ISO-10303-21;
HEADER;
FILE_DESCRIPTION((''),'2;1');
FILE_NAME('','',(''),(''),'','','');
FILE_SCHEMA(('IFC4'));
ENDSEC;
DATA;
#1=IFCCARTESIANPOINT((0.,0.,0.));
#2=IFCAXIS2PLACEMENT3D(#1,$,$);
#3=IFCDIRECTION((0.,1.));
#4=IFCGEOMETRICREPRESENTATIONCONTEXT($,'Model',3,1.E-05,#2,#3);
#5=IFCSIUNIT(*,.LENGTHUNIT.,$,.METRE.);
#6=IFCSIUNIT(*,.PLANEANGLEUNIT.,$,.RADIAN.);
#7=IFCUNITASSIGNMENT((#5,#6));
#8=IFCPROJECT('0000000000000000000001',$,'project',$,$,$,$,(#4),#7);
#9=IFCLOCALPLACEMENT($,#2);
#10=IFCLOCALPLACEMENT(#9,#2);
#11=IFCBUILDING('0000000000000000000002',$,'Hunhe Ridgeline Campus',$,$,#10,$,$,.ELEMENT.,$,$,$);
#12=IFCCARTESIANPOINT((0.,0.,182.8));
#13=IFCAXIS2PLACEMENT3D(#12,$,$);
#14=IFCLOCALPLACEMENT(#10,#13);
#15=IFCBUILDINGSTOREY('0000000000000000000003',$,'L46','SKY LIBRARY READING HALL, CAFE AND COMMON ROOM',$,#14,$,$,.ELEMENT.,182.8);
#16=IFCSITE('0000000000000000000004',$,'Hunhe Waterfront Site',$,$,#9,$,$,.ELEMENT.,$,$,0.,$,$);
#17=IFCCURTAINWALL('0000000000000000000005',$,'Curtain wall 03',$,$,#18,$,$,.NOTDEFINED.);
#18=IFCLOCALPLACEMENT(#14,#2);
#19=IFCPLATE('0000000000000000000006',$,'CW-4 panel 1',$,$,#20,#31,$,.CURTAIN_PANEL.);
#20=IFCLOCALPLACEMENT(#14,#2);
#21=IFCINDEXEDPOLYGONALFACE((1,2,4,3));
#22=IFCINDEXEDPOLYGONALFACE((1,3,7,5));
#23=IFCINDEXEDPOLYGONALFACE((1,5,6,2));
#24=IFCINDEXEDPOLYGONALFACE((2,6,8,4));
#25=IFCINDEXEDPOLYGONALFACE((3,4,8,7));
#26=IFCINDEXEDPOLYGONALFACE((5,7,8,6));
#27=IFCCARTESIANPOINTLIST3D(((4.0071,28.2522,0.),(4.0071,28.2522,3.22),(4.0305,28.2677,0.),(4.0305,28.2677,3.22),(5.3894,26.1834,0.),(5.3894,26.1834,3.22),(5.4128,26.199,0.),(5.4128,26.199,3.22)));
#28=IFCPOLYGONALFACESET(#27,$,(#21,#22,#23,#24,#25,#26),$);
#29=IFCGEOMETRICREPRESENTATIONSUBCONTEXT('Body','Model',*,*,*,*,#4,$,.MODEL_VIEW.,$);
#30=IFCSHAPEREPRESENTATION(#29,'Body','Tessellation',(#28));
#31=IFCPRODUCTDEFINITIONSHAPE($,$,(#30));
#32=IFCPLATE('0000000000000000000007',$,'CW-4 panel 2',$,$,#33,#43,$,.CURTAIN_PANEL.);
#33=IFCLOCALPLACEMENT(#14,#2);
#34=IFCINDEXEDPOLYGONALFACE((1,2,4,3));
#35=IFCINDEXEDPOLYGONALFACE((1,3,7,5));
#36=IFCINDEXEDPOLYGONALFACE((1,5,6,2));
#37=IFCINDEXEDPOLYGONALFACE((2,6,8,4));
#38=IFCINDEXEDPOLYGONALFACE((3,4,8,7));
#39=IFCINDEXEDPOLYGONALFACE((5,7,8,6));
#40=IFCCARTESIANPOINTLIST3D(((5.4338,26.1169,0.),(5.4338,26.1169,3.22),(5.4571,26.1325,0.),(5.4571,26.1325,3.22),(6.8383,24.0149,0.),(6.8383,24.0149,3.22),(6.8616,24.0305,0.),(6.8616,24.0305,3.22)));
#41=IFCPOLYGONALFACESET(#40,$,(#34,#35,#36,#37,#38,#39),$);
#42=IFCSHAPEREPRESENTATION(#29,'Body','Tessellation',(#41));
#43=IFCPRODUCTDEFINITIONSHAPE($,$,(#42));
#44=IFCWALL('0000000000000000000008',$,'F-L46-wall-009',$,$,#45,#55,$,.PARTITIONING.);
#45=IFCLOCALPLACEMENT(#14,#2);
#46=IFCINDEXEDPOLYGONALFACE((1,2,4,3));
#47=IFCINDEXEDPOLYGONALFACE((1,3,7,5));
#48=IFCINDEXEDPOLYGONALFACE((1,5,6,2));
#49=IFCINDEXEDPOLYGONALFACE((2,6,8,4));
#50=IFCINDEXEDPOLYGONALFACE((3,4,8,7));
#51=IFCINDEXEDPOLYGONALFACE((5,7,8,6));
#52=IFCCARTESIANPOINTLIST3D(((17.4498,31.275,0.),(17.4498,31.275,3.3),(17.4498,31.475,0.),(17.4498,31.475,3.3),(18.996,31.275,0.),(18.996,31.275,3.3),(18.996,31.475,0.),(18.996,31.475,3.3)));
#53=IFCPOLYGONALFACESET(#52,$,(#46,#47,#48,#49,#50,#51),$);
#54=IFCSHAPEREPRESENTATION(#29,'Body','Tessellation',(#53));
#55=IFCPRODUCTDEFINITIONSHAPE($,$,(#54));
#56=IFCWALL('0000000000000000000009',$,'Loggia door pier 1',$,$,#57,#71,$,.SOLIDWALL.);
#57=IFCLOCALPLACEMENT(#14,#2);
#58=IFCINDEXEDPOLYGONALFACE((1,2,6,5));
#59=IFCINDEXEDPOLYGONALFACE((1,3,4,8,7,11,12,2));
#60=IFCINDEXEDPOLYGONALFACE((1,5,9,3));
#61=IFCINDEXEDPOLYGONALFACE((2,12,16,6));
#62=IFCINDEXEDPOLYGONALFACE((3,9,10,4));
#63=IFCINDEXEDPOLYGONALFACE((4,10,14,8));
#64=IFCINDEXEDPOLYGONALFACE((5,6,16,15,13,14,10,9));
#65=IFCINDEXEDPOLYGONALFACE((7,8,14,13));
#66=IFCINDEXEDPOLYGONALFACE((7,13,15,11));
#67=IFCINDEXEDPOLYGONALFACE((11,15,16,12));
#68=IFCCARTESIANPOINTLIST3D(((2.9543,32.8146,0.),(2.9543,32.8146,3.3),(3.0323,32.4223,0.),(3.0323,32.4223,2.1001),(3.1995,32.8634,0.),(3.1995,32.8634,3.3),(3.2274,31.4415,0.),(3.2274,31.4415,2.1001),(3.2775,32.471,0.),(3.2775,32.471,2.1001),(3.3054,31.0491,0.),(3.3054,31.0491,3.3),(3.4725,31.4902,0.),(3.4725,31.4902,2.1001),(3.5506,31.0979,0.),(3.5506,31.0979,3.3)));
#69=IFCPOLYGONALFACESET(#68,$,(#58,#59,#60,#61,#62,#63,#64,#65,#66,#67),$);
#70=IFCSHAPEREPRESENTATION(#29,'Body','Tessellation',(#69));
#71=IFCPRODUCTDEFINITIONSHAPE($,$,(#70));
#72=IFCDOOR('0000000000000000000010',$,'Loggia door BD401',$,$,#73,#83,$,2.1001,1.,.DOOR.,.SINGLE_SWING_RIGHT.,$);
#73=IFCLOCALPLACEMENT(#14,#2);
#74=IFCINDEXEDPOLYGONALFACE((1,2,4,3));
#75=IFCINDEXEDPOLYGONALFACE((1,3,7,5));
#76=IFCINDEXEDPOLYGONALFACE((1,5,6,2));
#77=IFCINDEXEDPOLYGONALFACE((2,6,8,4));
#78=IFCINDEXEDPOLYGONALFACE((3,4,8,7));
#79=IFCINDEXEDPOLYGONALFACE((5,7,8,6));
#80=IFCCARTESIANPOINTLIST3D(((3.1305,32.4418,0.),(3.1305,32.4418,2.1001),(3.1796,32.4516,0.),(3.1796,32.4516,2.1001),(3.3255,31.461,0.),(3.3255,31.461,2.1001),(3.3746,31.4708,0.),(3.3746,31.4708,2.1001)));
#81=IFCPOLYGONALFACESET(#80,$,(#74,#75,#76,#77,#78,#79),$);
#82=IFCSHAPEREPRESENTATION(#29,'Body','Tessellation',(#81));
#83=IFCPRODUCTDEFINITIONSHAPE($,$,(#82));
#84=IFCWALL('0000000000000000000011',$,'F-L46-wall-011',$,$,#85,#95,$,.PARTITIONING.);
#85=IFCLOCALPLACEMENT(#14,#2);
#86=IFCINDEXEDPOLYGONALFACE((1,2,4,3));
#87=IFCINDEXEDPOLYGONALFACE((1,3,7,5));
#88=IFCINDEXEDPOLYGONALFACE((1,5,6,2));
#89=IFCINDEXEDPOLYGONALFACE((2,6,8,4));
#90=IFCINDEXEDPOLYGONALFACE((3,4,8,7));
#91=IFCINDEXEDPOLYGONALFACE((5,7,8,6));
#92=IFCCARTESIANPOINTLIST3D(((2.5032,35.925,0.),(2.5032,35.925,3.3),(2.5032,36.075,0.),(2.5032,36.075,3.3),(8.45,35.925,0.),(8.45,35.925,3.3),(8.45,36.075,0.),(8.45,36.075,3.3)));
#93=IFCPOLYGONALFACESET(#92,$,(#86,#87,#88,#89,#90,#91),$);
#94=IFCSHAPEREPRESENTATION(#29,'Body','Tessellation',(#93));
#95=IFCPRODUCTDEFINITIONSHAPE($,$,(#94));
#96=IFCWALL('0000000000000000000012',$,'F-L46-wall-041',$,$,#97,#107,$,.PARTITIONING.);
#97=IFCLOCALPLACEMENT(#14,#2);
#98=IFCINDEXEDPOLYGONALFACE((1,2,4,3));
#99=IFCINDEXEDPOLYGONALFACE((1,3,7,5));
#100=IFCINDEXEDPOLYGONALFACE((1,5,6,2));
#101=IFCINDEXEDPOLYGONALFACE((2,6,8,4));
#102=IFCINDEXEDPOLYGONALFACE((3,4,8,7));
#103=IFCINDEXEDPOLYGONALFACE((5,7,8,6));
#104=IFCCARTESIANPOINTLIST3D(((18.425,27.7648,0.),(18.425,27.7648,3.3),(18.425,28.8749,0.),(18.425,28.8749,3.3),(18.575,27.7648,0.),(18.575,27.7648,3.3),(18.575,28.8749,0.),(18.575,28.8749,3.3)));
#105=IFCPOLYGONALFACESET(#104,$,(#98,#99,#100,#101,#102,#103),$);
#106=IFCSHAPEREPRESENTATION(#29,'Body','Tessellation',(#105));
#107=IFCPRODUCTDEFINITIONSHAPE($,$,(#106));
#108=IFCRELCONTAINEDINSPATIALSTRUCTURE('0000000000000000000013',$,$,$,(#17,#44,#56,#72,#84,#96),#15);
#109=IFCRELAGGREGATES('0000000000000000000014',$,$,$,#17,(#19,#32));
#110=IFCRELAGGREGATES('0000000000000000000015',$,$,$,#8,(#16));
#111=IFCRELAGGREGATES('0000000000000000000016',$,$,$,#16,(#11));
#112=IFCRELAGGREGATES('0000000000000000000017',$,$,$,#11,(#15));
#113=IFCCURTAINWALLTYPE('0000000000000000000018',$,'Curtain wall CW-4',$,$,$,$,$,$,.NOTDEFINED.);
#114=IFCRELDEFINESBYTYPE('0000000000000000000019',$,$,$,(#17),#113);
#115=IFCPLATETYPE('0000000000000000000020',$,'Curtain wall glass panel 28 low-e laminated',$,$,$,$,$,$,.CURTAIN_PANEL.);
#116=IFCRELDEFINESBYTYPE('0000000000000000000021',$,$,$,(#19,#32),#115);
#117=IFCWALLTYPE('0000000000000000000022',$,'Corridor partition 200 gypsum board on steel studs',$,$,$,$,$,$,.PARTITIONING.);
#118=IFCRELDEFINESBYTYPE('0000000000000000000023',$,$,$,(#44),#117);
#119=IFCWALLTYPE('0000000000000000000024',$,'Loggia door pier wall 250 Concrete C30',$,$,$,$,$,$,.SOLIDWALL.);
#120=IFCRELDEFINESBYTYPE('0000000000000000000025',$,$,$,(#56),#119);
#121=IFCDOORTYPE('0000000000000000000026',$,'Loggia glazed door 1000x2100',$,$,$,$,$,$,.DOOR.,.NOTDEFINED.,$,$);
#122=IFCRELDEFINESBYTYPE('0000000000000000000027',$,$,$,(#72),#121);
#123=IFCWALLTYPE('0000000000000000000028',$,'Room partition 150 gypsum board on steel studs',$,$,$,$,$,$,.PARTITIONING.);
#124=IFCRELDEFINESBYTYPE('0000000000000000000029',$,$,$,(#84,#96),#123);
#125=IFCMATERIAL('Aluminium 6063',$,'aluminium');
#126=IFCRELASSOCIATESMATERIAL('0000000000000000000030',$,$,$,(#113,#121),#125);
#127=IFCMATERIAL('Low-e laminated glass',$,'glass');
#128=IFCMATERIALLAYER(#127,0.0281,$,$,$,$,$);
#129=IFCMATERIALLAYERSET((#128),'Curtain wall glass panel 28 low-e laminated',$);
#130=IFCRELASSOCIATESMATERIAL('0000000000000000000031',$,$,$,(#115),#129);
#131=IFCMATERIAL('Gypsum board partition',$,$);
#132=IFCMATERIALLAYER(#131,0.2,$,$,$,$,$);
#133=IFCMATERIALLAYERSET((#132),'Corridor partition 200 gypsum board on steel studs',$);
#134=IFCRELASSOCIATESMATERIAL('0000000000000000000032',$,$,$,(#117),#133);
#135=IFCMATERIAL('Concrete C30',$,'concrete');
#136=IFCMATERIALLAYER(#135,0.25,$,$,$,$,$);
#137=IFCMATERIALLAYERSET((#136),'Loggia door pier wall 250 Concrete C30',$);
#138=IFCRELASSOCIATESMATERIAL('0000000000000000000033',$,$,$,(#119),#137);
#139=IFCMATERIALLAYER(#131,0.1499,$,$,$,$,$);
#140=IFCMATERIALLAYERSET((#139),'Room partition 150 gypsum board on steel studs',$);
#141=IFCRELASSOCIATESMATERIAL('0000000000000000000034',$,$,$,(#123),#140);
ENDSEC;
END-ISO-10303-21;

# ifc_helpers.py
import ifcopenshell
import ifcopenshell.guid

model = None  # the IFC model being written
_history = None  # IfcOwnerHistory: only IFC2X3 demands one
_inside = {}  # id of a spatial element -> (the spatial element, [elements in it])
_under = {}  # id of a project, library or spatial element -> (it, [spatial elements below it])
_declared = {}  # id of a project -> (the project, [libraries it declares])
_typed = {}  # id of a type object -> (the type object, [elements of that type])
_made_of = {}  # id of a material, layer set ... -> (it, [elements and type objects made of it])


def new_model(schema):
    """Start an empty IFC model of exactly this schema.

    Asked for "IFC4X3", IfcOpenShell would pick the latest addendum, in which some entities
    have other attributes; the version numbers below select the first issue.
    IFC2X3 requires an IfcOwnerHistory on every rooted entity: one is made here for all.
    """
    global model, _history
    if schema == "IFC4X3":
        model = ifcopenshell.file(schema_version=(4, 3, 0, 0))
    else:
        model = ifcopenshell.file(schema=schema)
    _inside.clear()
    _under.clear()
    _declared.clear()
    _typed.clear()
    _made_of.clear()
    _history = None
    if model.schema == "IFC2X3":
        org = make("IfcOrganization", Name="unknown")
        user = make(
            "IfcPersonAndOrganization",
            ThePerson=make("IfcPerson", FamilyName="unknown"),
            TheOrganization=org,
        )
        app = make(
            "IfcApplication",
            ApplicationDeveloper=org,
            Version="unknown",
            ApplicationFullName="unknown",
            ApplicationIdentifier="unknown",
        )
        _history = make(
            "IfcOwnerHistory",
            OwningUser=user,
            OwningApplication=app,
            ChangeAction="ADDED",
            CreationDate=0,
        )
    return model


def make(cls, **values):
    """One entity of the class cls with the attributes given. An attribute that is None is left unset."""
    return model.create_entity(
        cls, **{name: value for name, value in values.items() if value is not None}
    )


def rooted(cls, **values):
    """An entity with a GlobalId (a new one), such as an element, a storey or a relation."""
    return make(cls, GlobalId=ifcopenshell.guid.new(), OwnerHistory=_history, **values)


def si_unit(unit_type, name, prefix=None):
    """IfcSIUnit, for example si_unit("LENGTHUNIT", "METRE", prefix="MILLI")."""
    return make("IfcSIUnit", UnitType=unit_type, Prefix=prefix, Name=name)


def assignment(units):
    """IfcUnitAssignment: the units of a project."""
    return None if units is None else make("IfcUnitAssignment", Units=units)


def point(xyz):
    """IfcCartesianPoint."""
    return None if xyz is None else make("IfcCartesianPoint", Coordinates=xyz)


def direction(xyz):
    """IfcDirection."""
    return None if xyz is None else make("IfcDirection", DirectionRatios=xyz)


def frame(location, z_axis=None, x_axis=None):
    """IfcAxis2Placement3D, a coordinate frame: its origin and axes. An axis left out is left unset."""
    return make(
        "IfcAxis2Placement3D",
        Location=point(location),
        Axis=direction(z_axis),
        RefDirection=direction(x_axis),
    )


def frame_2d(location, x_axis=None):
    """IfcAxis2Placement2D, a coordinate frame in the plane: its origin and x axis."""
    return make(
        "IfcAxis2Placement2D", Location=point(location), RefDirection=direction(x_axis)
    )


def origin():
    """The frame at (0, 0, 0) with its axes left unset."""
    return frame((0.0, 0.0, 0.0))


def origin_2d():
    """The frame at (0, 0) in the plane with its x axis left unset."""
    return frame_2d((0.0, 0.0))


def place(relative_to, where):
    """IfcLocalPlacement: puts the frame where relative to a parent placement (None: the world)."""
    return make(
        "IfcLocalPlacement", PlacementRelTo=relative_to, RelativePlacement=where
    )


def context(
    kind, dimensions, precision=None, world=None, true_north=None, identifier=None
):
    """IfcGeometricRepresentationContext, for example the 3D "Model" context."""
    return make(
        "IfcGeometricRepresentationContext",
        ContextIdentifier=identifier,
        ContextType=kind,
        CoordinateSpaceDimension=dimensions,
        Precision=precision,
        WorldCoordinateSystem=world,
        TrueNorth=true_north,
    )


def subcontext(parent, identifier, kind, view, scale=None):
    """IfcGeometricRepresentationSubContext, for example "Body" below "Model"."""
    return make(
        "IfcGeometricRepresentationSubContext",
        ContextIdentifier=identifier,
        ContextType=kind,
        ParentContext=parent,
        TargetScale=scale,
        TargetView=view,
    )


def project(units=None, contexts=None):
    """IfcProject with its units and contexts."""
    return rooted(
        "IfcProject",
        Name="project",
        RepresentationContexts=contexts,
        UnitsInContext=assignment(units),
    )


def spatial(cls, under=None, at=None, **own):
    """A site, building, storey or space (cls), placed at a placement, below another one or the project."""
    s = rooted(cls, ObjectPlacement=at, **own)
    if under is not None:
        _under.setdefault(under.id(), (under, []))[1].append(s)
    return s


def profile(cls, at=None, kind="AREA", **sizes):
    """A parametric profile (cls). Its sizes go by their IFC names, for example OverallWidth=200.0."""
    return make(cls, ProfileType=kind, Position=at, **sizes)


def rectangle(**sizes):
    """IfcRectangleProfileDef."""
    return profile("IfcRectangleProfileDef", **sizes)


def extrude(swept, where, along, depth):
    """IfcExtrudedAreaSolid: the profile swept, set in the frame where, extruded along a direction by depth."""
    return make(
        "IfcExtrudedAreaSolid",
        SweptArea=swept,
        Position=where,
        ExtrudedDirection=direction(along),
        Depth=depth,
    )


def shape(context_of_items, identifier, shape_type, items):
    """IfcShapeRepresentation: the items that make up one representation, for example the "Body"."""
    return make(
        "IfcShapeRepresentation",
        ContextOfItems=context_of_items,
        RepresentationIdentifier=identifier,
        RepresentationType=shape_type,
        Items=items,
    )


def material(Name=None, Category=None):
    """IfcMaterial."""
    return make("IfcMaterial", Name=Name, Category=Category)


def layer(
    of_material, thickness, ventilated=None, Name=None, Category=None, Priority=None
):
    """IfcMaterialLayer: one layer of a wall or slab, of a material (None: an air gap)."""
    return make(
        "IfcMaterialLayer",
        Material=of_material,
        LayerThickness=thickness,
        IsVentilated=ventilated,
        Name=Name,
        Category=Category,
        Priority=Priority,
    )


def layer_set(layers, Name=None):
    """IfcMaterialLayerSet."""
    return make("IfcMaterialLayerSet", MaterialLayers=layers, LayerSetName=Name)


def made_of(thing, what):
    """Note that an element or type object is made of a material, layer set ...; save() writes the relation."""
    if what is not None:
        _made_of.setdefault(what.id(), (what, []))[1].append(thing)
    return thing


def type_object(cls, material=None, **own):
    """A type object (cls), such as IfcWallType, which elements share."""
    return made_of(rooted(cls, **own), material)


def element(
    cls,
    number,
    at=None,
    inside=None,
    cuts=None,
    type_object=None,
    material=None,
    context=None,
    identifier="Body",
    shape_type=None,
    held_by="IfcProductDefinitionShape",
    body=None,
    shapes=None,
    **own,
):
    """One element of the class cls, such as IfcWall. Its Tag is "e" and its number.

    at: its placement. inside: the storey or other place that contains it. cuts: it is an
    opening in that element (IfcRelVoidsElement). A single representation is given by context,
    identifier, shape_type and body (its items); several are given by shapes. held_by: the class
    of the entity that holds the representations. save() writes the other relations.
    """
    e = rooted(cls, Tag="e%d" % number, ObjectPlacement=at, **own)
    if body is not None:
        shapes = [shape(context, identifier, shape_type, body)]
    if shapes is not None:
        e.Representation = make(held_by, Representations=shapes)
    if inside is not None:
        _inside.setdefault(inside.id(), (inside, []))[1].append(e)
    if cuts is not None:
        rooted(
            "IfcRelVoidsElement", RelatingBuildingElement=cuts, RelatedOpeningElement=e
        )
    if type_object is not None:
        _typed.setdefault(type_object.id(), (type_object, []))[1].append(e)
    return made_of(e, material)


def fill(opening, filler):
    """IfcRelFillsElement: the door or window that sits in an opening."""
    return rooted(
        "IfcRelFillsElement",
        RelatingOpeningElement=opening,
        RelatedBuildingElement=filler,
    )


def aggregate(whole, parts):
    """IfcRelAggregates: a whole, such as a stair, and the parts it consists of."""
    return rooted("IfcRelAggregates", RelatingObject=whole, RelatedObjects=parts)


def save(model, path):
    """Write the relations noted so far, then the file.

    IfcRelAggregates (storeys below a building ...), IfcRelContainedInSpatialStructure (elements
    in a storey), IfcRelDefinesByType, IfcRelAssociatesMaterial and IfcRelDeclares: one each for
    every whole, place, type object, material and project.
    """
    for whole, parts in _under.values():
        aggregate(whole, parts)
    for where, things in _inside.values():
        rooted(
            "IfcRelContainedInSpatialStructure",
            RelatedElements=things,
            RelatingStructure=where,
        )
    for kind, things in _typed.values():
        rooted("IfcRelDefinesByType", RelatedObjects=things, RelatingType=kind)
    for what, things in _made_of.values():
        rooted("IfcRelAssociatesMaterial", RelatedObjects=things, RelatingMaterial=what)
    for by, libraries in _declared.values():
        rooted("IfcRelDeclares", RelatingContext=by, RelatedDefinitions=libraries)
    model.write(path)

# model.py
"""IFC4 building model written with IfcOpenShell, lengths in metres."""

from ifc_helpers import new_model, si_unit, direction, frame, frame_2d, origin, origin_2d, place, context, subcontext, project, spatial, rectangle, extrude, material, layer, layer_set, type_object, element, fill, aggregate, save


model = new_model("IFC4")

# Units and contexts
model_context = context("Model", 3, precision=1e-05, world=origin(), true_north=direction((0.0, 1.0)))
body_context = subcontext(model_context, "Body", "Model", "MODEL_VIEW")
ifc_project = project(units=[si_unit("LENGTHUNIT", "METRE"), si_unit("PLANEANGLEUNIT", "RADIAN")], contexts=[model_context])

# Site, building, storey
site_placement = place(None, origin())
site = spatial("IfcSite", under=ifc_project, at=site_placement, Name="Hunhe Waterfront Site", CompositionType="ELEMENT", RefElevation=0.0)
building_placement = place(site_placement, origin())
building = spatial("IfcBuilding", under=site, at=building_placement, Name="Hunhe Ridgeline Campus", CompositionType="ELEMENT")
storey_placement = place(building_placement, frame((0.0, 0.0, 182.8)))
storey = spatial("IfcBuildingStorey", under=building, at=storey_placement, Name="L46", Description="SKY LIBRARY READING HALL, CAFE AND COMMON ROOM", CompositionType="ELEMENT", Elevation=182.8)

# Shared definitions
ifc_material_1 = material(Name="Aluminium 6063", Category="aluminium")
curtain_wall_type = type_object("IfcCurtainWallType", Name="Curtain wall CW-4", PredefinedType="NOTDEFINED", material=ifc_material_1)

# Curtain wall
curtain_wall_1_placement = place(storey_placement, origin())
curtain_wall_1 = element("IfcCurtainWall", 1, at=curtain_wall_1_placement, inside=storey, type_object=curtain_wall_type, Name="Curtain wall 03", PredefinedType="NOTDEFINED")

# Plates
ifc_material_2 = material(Name="Low-e laminated glass", Category="glass")
ifc_layer_1 = layer(ifc_material_2, 0.0281)
ifc_layer_set_1 = layer_set([ifc_layer_1], Name="Curtain wall glass panel 28 low-e laminated")
plate_type = type_object("IfcPlateType", Name="Curtain wall glass panel 28 low-e laminated", PredefinedType="CURTAIN_PANEL", material=ifc_layer_set_1)
plate_1_placement = place(storey_placement, frame((4.71, 27.2256, 0.0), z_axis=(0.0, 0.0, 1.0), x_axis=(0.55557, -0.83147, 0.0)))
plate_1 = element("IfcPlate", 2, at=plate_1_placement, type_object=plate_type, Name="CW-4 panel 1", PredefinedType="CURTAIN_PANEL", context=body_context, shape_type="SweptSolid", body=[
    extrude(rectangle(XDim=2.488, YDim=0.0281, at=origin_2d()), origin(), (0.0, 0.0, 1.0), 3.22),
])
plate_2_placement = place(storey_placement, frame((6.1477, 25.0737, 0.0), z_axis=(0.0, 0.0, 1.0), x_axis=(0.55557, -0.83147, 0.0)))
plate_2 = element("IfcPlate", 3, at=plate_2_placement, type_object=plate_type, Name="CW-4 panel 2", PredefinedType="CURTAIN_PANEL", context=body_context, shape_type="SweptSolid", body=[
    extrude(rectangle(XDim=2.5281, YDim=0.0281, at=origin_2d()), origin(), (0.0, 0.0, 1.0), 3.22),
])
aggregate(curtain_wall_1, [plate_1, plate_2])

# Wall
ifc_material_3 = material(Name="Gypsum board partition")
ifc_layer_2 = layer(ifc_material_3, 0.2)
ifc_layer_set_2 = layer_set([ifc_layer_2], Name="Corridor partition 200 gypsum board on steel studs")
wall_type_1 = type_object("IfcWallType", Name="Corridor partition 200 gypsum board on steel studs", PredefinedType="PARTITIONING", material=ifc_layer_set_2)
wall_1_placement = place(storey_placement, frame((17.45, 31.375, 0.0), z_axis=(0.0, 0.0, 1.0), x_axis=(1.0, 0.0, 0.0)))
element("IfcWall", 4, at=wall_1_placement, inside=storey, type_object=wall_type_1, Name="F-L46-wall-009", PredefinedType="PARTITIONING", context=body_context, shape_type="SweptSolid", body=[
    extrude(rectangle(XDim=1.5461, YDim=0.2, at=frame_2d((0.7729, 0.0))), origin(), (0.0, 0.0, 1.0), 3.3),
])

# Wall, opening, door
ifc_material_4 = material(Name="Concrete C30", Category="concrete")
ifc_layer_3 = layer(ifc_material_4, 0.25)
ifc_layer_set_3 = layer_set([ifc_layer_3], Name="Loggia door pier wall 250 Concrete C30")
wall_type_2 = type_object("IfcWallType", Name="Loggia door pier wall 250 Concrete C30", PredefinedType="SOLIDWALL", material=ifc_layer_set_3)
wall_2_placement = place(storey_placement, frame((3.0769, 32.8389, 0.0), z_axis=(0.0, 0.0, 1.0), x_axis=(0.195047, -0.980794, 0.0)))
wall_2 = element("IfcWall", 5, at=wall_2_placement, inside=storey, type_object=wall_type_2, Name="Loggia door pier 1", PredefinedType="SOLIDWALL", context=body_context, shape_type="SweptSolid", body=[
    extrude(rectangle(XDim=1.8, YDim=0.25, at=frame_2d((0.8999, 0.0))), origin(), (0.0, 0.0, 1.0), 3.3),
])
opening_1_placement = place(wall_2_placement, frame((0.3999, 0.0, 0.0)))
opening_1 = element("IfcOpeningElement", 6, at=opening_1_placement, cuts=wall_2, PredefinedType="OPENING", context=body_context, shape_type="SweptSolid", body=[
    extrude(rectangle(XDim=1.0, YDim=2.1001, at=frame_2d((0.5, 1.05))), frame((0.0, 0.125, 0.0), z_axis=(0.0, -1.0, 0.0), x_axis=(1.0, 0.0, 0.0)), (0.0, 0.0, 1.0), 0.25),
])
door_type_1 = type_object("IfcDoorType", Name="Loggia glazed door 1000x2100", OperationType="NOTDEFINED", PredefinedType="DOOR", material=ifc_material_1)
door_1_placement = place(opening_1_placement, frame((1.0, 0.0, 0.0), z_axis=(0.0, 0.0, 1.0), x_axis=(-1.0, 0.0, 0.0)))
door_1 = element("IfcDoor", 7, at=door_1_placement, inside=storey, type_object=door_type_1, Name="Loggia door BD401", OperationType="SINGLE_SWING_RIGHT", OverallHeight=2.1001, OverallWidth=1.0, PredefinedType="DOOR", context=body_context, shape_type="SweptSolid", body=[
    extrude(rectangle(XDim=1.0, YDim=2.1001, at=frame_2d((0.5, 1.05))), frame((0.0, 0.0249, 0.0), z_axis=(0.0, -1.0, 0.0), x_axis=(1.0, 0.0, 0.0)), (0.0, 0.0, 1.0), 0.05),
])
fill(opening_1, door_1)

# Walls
ifc_layer_4 = layer(ifc_material_3, 0.1499)
ifc_layer_set_4 = layer_set([ifc_layer_4], Name="Room partition 150 gypsum board on steel studs")
wall_type_3 = type_object("IfcWallType", Name="Room partition 150 gypsum board on steel studs", PredefinedType="PARTITIONING", material=ifc_layer_set_4)
wall_3_placement = place(storey_placement, frame((2.5032, 36.0, 0.0), z_axis=(0.0, 0.0, 1.0), x_axis=(1.0, 0.0, 0.0)))
element("IfcWall", 8, at=wall_3_placement, inside=storey, type_object=wall_type_3, Name="F-L46-wall-011", PredefinedType="PARTITIONING", context=body_context, shape_type="SweptSolid", body=[
    extrude(rectangle(XDim=5.9468, YDim=0.1499, at=frame_2d((2.9734, 0.0))), origin(), (0.0, 0.0, 1.0), 3.3),
])
wall_4_placement = place(storey_placement, frame((18.5, 28.875, 0.0), z_axis=(0.0, 0.0, 1.0), x_axis=(0.0, -1.0, 0.0)))
element("IfcWall", 9, at=wall_4_placement, inside=storey, type_object=wall_type_3, Name="F-L46-wall-041", PredefinedType="PARTITIONING", context=body_context, shape_type="SweptSolid", body=[
    extrude(rectangle(XDim=1.1101, YDim=0.1499, at=frame_2d((0.5552, 0.0))), origin(), (0.0, 0.0, 1.0), 3.3),
])

save(model, "model.ifc")
